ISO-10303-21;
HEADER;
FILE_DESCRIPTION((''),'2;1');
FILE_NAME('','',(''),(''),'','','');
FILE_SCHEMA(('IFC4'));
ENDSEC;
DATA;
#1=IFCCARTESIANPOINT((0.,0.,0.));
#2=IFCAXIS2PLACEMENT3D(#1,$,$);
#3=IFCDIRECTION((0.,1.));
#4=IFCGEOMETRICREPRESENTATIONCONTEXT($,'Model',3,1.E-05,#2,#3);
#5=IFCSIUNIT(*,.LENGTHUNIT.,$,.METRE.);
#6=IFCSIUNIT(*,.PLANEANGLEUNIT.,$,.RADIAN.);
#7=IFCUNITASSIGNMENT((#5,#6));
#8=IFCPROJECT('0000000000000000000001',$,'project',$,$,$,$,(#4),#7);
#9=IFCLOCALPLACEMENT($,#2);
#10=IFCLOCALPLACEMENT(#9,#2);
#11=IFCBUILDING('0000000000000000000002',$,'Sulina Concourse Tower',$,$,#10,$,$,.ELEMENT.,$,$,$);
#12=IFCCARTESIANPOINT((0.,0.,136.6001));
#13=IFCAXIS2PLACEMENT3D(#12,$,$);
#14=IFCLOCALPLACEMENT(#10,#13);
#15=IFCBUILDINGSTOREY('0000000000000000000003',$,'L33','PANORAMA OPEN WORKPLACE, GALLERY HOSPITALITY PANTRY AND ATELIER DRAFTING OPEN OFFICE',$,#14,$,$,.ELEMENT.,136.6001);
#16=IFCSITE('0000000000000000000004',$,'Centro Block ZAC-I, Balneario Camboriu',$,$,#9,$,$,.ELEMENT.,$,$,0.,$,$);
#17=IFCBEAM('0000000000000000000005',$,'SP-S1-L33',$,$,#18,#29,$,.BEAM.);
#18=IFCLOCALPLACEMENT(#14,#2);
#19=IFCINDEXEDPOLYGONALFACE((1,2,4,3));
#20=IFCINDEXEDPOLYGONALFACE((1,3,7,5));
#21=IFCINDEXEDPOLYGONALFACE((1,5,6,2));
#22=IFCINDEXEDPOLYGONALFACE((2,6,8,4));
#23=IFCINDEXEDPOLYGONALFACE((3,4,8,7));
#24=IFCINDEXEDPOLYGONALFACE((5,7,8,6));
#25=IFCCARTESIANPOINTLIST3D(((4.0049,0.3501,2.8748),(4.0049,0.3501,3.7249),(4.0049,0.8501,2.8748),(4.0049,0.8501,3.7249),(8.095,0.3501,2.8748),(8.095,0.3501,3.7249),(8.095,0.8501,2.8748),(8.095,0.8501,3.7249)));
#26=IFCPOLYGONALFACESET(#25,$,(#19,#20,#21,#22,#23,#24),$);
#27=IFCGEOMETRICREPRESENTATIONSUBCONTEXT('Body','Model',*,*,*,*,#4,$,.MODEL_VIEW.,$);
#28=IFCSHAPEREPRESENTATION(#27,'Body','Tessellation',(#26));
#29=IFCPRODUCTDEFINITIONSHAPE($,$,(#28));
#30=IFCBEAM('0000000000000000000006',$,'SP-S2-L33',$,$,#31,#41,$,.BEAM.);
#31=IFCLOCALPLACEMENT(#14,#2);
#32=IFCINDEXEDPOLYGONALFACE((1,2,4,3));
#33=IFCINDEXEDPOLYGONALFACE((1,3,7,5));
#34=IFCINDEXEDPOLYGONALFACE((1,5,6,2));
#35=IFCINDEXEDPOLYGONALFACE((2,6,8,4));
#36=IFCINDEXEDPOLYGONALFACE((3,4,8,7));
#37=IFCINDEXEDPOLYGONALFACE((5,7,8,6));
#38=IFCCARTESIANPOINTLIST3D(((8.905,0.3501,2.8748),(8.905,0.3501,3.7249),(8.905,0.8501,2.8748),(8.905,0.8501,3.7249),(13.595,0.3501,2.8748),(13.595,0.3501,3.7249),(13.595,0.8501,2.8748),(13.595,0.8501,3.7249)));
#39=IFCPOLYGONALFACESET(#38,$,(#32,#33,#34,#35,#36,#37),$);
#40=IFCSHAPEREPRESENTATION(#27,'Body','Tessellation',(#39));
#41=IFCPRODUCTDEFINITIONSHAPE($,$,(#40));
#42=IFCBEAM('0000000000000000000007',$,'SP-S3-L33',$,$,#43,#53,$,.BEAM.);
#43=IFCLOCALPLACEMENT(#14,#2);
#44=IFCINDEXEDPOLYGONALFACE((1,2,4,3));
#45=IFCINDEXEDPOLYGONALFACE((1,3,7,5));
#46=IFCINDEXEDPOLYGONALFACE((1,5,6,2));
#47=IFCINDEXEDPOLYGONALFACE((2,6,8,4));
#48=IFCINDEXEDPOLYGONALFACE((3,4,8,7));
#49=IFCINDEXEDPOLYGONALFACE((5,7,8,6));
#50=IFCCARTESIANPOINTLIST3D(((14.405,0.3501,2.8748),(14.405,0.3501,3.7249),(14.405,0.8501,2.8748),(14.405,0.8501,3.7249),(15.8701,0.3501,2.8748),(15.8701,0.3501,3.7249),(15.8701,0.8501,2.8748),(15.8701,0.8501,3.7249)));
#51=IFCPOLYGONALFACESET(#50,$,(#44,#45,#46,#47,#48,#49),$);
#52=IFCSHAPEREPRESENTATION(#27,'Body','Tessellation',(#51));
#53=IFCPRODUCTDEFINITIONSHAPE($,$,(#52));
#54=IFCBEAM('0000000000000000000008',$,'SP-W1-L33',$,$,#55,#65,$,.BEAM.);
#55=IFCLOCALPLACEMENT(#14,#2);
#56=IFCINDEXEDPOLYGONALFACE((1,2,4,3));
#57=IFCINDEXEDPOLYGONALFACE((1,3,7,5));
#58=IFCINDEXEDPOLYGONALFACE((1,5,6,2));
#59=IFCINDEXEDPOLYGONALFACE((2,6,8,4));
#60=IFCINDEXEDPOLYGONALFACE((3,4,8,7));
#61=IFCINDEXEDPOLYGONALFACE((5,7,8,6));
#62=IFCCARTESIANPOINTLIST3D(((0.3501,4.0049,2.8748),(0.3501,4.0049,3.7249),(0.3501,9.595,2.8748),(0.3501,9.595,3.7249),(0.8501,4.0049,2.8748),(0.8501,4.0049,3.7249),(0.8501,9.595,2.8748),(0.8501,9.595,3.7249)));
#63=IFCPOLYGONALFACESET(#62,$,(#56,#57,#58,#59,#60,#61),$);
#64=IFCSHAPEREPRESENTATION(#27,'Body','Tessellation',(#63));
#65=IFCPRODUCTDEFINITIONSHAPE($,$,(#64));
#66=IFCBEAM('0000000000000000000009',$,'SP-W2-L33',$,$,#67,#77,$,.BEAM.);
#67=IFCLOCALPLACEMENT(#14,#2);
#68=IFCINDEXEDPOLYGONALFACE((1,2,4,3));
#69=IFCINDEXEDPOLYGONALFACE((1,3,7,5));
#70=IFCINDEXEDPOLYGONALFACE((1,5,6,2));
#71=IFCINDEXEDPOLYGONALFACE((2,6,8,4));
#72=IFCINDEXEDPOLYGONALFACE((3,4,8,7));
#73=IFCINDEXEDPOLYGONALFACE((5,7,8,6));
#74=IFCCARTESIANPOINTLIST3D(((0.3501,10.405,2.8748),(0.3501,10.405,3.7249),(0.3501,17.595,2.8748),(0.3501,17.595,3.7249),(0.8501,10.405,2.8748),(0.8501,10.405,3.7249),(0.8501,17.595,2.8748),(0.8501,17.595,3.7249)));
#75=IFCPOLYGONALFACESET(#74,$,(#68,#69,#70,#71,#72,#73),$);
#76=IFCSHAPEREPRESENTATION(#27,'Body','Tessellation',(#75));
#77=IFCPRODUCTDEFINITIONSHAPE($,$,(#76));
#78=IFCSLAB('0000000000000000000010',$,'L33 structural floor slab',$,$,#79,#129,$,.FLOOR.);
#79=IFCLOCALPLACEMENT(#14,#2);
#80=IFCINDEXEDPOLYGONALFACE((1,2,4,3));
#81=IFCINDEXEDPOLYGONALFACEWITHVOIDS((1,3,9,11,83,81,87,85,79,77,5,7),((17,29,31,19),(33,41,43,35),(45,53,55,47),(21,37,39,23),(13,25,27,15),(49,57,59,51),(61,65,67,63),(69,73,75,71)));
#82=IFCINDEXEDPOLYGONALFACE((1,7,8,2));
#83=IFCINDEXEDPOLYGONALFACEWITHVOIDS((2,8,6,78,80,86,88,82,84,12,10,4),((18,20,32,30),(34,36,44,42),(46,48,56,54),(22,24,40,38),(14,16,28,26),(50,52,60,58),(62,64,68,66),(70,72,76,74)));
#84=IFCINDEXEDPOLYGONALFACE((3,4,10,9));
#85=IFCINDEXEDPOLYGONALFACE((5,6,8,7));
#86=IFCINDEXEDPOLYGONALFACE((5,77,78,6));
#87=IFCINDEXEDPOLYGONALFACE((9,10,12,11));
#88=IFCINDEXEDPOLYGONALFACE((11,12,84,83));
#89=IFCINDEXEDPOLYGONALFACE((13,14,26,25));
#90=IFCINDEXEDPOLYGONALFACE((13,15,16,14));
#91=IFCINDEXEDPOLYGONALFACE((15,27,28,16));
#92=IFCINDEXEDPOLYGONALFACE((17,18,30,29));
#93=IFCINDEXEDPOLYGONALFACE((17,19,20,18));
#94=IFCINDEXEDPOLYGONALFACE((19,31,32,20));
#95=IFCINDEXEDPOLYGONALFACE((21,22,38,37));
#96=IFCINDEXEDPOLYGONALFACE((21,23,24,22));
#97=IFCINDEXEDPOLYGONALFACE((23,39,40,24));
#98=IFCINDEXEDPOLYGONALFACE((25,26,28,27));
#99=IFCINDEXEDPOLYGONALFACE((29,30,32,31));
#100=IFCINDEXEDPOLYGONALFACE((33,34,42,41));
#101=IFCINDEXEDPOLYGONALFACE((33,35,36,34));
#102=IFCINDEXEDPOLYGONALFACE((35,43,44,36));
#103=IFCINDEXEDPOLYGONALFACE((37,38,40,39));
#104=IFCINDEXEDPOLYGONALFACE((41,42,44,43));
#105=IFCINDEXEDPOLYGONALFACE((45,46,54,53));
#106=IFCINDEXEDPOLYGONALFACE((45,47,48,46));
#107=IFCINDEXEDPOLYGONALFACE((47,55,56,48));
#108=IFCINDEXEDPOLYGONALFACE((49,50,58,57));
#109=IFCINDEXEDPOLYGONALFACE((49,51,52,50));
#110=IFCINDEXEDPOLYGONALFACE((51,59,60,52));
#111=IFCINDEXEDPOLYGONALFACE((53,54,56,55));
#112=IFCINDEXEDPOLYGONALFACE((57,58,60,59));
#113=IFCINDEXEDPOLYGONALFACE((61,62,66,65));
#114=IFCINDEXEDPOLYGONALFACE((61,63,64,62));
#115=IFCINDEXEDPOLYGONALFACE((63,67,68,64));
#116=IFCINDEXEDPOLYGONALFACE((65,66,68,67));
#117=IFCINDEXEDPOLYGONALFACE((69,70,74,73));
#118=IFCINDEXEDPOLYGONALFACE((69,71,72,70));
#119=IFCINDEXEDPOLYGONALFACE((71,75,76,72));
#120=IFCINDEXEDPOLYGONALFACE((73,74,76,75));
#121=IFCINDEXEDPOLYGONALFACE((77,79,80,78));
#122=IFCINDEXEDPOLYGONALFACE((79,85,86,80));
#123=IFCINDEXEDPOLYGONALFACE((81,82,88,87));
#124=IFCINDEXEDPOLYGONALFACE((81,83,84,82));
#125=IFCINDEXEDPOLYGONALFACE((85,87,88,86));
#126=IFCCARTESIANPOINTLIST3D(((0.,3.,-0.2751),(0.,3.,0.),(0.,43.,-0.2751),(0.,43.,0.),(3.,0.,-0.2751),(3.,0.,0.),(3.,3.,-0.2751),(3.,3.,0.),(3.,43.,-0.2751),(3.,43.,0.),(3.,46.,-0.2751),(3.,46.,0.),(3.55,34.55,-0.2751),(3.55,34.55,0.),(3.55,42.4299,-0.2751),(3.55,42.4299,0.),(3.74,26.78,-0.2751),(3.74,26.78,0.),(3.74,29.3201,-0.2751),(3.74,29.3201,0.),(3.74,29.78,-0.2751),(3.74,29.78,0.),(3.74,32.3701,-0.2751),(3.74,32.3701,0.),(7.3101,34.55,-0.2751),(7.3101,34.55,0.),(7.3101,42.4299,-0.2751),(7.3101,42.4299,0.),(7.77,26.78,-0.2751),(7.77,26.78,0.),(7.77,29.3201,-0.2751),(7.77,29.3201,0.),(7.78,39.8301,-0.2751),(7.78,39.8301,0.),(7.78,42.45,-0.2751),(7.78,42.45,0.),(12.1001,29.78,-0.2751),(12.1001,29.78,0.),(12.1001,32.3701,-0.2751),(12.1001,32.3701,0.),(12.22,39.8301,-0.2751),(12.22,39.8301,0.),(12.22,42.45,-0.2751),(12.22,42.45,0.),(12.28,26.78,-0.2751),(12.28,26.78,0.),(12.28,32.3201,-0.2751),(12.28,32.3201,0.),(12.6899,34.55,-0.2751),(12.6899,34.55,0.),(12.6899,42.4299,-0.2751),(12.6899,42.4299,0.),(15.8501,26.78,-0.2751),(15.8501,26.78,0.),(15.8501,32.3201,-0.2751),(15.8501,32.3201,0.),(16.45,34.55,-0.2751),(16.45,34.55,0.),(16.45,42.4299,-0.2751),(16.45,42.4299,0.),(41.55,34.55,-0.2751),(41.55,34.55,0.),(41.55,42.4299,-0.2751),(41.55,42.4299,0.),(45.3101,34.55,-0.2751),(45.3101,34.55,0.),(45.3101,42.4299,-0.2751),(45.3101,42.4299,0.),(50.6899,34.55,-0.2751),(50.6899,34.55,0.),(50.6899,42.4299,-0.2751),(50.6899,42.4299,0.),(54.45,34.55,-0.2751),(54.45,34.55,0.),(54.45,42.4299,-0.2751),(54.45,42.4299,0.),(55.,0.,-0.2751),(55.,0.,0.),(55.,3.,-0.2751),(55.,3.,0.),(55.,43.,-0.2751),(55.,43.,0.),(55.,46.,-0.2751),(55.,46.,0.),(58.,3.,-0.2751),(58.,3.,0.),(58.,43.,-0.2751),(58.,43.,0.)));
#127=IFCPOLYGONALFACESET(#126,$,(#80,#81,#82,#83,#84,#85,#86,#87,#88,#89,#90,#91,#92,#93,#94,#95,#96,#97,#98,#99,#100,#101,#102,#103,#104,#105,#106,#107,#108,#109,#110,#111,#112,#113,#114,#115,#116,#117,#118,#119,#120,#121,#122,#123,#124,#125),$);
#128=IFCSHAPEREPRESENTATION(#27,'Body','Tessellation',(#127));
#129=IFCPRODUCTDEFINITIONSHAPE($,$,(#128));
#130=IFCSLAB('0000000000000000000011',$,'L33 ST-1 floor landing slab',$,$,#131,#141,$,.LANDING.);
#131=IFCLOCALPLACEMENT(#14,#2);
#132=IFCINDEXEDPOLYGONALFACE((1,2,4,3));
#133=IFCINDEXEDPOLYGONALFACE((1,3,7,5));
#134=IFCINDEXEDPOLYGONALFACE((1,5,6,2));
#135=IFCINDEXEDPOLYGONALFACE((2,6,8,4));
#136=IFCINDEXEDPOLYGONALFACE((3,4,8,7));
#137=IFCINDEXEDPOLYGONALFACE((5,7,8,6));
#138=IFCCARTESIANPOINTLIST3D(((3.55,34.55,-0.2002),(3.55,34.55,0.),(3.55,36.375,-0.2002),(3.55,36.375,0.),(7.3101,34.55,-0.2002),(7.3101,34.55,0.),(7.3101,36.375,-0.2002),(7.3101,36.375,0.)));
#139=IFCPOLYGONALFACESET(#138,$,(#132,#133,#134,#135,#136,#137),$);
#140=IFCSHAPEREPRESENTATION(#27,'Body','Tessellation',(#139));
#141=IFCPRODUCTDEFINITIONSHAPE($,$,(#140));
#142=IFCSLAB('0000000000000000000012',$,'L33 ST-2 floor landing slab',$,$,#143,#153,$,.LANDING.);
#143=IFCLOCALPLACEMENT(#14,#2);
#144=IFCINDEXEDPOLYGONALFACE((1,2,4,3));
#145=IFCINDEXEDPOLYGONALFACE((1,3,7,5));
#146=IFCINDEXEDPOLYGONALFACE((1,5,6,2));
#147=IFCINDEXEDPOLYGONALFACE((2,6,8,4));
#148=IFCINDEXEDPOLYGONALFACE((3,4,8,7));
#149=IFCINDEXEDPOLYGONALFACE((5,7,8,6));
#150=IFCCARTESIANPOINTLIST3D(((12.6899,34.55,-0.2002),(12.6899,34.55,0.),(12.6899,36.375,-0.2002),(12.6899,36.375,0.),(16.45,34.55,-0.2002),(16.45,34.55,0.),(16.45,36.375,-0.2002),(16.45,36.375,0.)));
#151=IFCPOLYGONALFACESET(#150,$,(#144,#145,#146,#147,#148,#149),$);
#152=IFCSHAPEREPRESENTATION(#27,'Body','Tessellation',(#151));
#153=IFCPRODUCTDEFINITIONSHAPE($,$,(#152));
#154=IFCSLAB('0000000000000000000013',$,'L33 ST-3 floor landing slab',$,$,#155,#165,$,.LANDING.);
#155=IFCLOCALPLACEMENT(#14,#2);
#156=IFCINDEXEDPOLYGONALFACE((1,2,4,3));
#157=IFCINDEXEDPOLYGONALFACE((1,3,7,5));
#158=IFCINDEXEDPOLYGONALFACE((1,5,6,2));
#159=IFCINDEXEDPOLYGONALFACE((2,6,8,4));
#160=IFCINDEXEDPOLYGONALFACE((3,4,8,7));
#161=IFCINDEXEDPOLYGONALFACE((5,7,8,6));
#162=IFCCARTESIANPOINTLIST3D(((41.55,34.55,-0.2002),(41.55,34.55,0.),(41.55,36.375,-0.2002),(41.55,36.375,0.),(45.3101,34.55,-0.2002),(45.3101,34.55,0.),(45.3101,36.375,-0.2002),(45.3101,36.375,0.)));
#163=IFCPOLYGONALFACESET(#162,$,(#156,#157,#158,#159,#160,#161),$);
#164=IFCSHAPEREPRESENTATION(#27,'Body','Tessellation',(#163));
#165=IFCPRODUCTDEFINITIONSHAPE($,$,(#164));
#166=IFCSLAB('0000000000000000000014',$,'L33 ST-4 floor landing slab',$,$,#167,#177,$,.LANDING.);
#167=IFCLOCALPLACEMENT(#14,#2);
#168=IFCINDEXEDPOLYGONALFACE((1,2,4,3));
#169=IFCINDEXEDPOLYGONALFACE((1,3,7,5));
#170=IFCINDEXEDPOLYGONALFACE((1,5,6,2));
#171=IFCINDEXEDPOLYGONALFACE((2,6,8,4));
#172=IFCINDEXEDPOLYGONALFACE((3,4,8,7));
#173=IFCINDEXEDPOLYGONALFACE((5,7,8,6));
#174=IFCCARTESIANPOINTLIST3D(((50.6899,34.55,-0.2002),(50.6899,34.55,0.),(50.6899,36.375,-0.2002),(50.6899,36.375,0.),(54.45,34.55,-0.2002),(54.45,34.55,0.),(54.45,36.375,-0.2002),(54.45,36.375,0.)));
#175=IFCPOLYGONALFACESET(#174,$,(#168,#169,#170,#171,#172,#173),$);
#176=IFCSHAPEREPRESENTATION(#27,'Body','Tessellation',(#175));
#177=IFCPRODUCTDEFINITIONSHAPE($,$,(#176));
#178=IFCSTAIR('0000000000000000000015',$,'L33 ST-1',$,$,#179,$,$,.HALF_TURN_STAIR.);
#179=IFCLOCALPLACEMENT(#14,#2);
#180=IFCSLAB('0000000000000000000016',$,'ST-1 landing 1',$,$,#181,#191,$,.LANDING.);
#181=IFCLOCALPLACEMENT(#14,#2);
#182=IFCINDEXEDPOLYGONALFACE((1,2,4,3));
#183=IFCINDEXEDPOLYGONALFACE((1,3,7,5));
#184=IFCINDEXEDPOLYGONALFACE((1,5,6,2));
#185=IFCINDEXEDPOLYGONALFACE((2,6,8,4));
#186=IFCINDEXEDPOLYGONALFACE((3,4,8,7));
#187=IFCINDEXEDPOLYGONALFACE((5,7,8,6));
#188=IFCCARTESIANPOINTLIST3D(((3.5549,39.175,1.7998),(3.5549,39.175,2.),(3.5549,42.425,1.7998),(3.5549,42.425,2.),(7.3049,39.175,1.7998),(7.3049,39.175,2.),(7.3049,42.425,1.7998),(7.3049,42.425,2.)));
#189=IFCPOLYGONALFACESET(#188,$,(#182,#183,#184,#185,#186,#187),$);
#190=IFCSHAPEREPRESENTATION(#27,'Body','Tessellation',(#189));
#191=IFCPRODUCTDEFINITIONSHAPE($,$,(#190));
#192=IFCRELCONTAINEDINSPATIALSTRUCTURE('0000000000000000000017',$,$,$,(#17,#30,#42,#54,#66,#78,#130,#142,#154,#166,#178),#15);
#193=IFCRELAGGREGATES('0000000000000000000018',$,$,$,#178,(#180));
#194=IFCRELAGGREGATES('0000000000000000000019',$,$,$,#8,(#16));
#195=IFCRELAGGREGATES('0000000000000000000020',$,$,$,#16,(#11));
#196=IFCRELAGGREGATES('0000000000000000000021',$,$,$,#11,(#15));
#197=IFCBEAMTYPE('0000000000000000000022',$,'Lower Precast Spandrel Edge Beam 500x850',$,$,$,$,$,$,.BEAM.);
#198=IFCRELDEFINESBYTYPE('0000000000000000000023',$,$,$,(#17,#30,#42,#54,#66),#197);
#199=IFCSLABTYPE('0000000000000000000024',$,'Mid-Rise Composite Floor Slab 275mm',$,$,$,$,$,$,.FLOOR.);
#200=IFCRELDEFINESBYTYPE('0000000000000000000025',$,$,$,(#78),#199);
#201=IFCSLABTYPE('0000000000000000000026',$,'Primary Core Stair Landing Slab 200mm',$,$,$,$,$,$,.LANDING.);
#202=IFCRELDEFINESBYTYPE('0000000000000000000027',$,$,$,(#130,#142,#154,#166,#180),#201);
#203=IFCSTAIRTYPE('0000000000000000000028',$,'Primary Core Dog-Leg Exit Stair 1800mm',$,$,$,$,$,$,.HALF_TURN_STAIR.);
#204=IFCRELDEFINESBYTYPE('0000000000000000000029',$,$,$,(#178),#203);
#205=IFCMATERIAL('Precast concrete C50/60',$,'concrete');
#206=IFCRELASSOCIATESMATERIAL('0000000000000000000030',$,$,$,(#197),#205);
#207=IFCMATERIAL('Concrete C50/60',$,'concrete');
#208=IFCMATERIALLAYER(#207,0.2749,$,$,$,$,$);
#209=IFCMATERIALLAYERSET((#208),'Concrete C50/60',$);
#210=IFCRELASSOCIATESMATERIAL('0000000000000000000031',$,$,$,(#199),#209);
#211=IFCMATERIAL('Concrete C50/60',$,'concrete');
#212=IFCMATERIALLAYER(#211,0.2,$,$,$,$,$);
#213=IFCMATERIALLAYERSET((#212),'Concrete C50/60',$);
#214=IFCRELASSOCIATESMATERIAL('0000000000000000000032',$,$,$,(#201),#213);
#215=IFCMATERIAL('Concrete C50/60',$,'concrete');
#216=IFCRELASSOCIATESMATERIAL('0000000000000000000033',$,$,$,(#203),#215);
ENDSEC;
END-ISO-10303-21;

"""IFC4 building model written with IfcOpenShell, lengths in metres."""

from ifc_helpers import new_model, si_unit, direction, frame, origin, origin_2d, place, context, subcontext, project, spatial, polyline, rectangle, outline, extrude, material, layer, layer_set, material_profile, profile_set, type_object, element, aggregate, save


model = new_model("IFC4")

# Units and contexts
model_context = context("Model", 3, precision=1e-05, world=origin(), true_north=direction((0.0, 1.0)))
body_context = subcontext(model_context, "Body", "Model", "MODEL_VIEW")
ifc_project = project(units=[si_unit("LENGTHUNIT", "METRE"), si_unit("PLANEANGLEUNIT", "RADIAN")], contexts=[model_context])

# Site, building, storey
site_placement = place(None, origin())
site = spatial("IfcSite", under=ifc_project, at=site_placement, Name="Centro Block ZAC-I, Balneario Camboriu", CompositionType="ELEMENT", RefElevation=0.0)
building_placement = place(site_placement, origin())
building = spatial("IfcBuilding", under=site, at=building_placement, Name="Sulina Concourse Tower", CompositionType="ELEMENT")
storey_placement = place(building_placement, frame((0.0, 0.0, 136.6001)))
storey = spatial("IfcBuildingStorey", under=building, at=storey_placement, Name="L33", Description="PANORAMA OPEN WORKPLACE, GALLERY HOSPITALITY PANTRY AND ATELIER DRAFTING OPEN OFFICE", CompositionType="ELEMENT", Elevation=136.6001)

# Beams
ifc_material_1 = material(Name="Precast concrete C50/60", Category="concrete")
ifc_material_profile_1 = material_profile(ifc_material_1, rectangle(XDim=0.5, YDim=0.8501, at=origin_2d()), Name="RC 500x850")
ifc_profile_set_1 = profile_set([ifc_material_profile_1], Name="Precast concrete C50/60")
beam_type_1 = type_object("IfcBeamType", Name="Lower Precast Spandrel Edge Beam 500x850", PredefinedType="BEAM", material=ifc_profile_set_1)
beam_1_placement = place(storey_placement, frame((4.0049, 0.6001, 3.2998), z_axis=(1.0, 0.0, 0.0), x_axis=(0.0, 1.0, 0.0)))
element("IfcBeam", 1, at=beam_1_placement, inside=storey, type_object=beam_type_1, Name="SP-S1-L33", PredefinedType="BEAM", context=body_context, shape_type="SweptSolid", body=[
    extrude(rectangle(XDim=0.5, YDim=0.8501, at=origin_2d()), origin(), (0.0, 0.0, 1.0), 4.0901),
])
beam_2_placement = place(storey_placement, frame((8.905, 0.6001, 3.2998), z_axis=(1.0, 0.0, 0.0), x_axis=(0.0, 1.0, 0.0)))
element("IfcBeam", 2, at=beam_2_placement, inside=storey, type_object=beam_type_1, Name="SP-S2-L33", PredefinedType="BEAM", context=body_context, shape_type="SweptSolid", body=[
    extrude(rectangle(XDim=0.5, YDim=0.8501, at=origin_2d()), origin(), (0.0, 0.0, 1.0), 4.6899),
])
beam_3_placement = place(storey_placement, frame((14.405, 0.6001, 3.2998), z_axis=(1.0, 0.0, 0.0), x_axis=(0.0, 1.0, 0.0)))
element("IfcBeam", 3, at=beam_3_placement, inside=storey, type_object=beam_type_1, Name="SP-S3-L33", PredefinedType="BEAM", context=body_context, shape_type="SweptSolid", body=[
    extrude(rectangle(XDim=0.5, YDim=0.8501, at=origin_2d()), origin(), (0.0, 0.0, 1.0), 1.4651),
])
beam_4_placement = place(storey_placement, frame((0.6001, 4.0049, 3.2998), z_axis=(0.0, 1.0, 0.0), x_axis=(-1.0, 0.0, 0.0)))
element("IfcBeam", 4, at=beam_4_placement, inside=storey, type_object=beam_type_1, Name="SP-W1-L33", PredefinedType="BEAM", context=body_context, shape_type="SweptSolid", body=[
    extrude(rectangle(XDim=0.5, YDim=0.8501, at=origin_2d()), origin(), (0.0, 0.0, 1.0), 5.5901),
])
beam_5_placement = place(storey_placement, frame((0.6001, 10.405, 3.2998), z_axis=(0.0, 1.0, 0.0), x_axis=(-1.0, 0.0, 0.0)))
element("IfcBeam", 5, at=beam_5_placement, inside=storey, type_object=beam_type_1, Name="SP-W2-L33", PredefinedType="BEAM", context=body_context, shape_type="SweptSolid", body=[
    extrude(rectangle(XDim=0.5, YDim=0.8501, at=origin_2d()), origin(), (0.0, 0.0, 1.0), 7.1899),
])

# Slabs
ifc_material_2 = material(Name="Concrete C50/60", Category="concrete")
ifc_layer_1 = layer(ifc_material_2, 0.2749)
ifc_layer_set_1 = layer_set([ifc_layer_1], Name="Concrete C50/60")
slab_type_1 = type_object("IfcSlabType", Name="Mid-Rise Composite Floor Slab 275mm", PredefinedType="FLOOR", material=ifc_layer_set_1)
slab_1_placement = place(storey_placement, frame((0.0, 0.0, -0.2751)))
element("IfcSlab", 6, at=slab_1_placement, inside=storey, type_object=slab_type_1, Name="L33 structural floor slab", PredefinedType="FLOOR", context=body_context, shape_type="SweptSolid", body=[
    extrude(outline(polyline([(3.0, 0.0), (55.0, 0.0), (55.0, 3.0), (58.0, 3.0), (58.0, 43.0), (55.0, 43.0), (55.0, 46.0), (3.0, 46.0), (3.0, 43.0), (0.0, 43.0), (0.0, 3.0), (3.0, 3.0), (3.0, 0.0)]), holes=[polyline([(7.3101, 34.55), (7.3101, 42.4299), (3.55, 42.4299), (3.55, 34.55), (7.3101, 34.55)]), polyline([(16.45, 34.55), (16.45, 42.4299), (12.6899, 42.4299), (12.6899, 34.55), (16.45, 34.55)]), polyline([(45.3101, 34.55), (45.3101, 42.4299), (41.55, 42.4299), (41.55, 34.55), (45.3101, 34.55)]), polyline([(54.45, 34.55), (54.45, 42.4299), (50.6899, 42.4299), (50.6899, 34.55), (54.45, 34.55)]), polyline([(7.78, 39.8301), (12.22, 39.8301), (12.22, 42.45), (7.78, 42.45), (7.78, 39.8301)]), polyline([(3.74, 26.78), (7.77, 26.78), (7.77, 29.3201), (3.74, 29.3201), (3.74, 26.78)]), polyline([(3.74, 29.78), (12.1001, 29.78), (12.1001, 32.3701), (3.74, 32.3701), (3.74, 29.78)]), polyline([(12.28, 26.78), (15.8501, 26.78), (15.8501, 32.3201), (12.28, 32.3201), (12.28, 26.78)])]), origin(), (0.0, 0.0, 1.0), 0.2751),
])
ifc_material_3 = material(Name="Concrete C50/60", Category="concrete")
ifc_layer_2 = layer(ifc_material_3, 0.2)
ifc_layer_set_2 = layer_set([ifc_layer_2], Name="Concrete C50/60")
slab_type_2 = type_object("IfcSlabType", Name="Primary Core Stair Landing Slab 200mm", PredefinedType="LANDING", material=ifc_layer_set_2)
slab_2_placement = place(storey_placement, frame((0.0, 0.0, -0.2002)))
element("IfcSlab", 7, at=slab_2_placement, inside=storey, type_object=slab_type_2, Name="L33 ST-1 floor landing slab", PredefinedType="LANDING", context=body_context, shape_type="SweptSolid", body=[
    extrude(outline(polyline([(7.3101, 34.55), (7.3101, 36.375), (3.55, 36.375), (3.55, 34.55), (7.3101, 34.55)])), origin(), (0.0, 0.0, 1.0), 0.2002),
])
slab_3_placement = place(storey_placement, frame((0.0, 0.0, -0.2002)))
element("IfcSlab", 8, at=slab_3_placement, inside=storey, type_object=slab_type_2, Name="L33 ST-2 floor landing slab", PredefinedType="LANDING", context=body_context, shape_type="SweptSolid", body=[
    extrude(outline(polyline([(16.45, 34.55), (16.45, 36.375), (12.6899, 36.375), (12.6899, 34.55), (16.45, 34.55)])), origin(), (0.0, 0.0, 1.0), 0.2002),
])
slab_4_placement = place(storey_placement, frame((0.0, 0.0, -0.2002)))
element("IfcSlab", 9, at=slab_4_placement, inside=storey, type_object=slab_type_2, Name="L33 ST-3 floor landing slab", PredefinedType="LANDING", context=body_context, shape_type="SweptSolid", body=[
    extrude(outline(polyline([(45.3101, 34.55), (45.3101, 36.375), (41.55, 36.375), (41.55, 34.55), (45.3101, 34.55)])), origin(), (0.0, 0.0, 1.0), 0.2002),
])
slab_5_placement = place(storey_placement, frame((0.0, 0.0, -0.2002)))
element("IfcSlab", 10, at=slab_5_placement, inside=storey, type_object=slab_type_2, Name="L33 ST-4 floor landing slab", PredefinedType="LANDING", context=body_context, shape_type="SweptSolid", body=[
    extrude(outline(polyline([(54.45, 34.55), (54.45, 36.375), (50.6899, 36.375), (50.6899, 34.55), (54.45, 34.55)])), origin(), (0.0, 0.0, 1.0), 0.2002),
])

# Stair, slab
ifc_material_4 = material(Name="Concrete C50/60", Category="concrete")
stair_type_1 = type_object("IfcStairType", Name="Primary Core Dog-Leg Exit Stair 1800mm", PredefinedType="HALF_TURN_STAIR", material=ifc_material_4)
stair_1_placement = place(storey_placement, origin())
stair_1 = element("IfcStair", 11, at=stair_1_placement, inside=storey, type_object=stair_type_1, Name="L33 ST-1", PredefinedType="HALF_TURN_STAIR")
slab_6_placement = place(storey_placement, frame((0.0, 0.0, 1.7998)))
slab_6 = element("IfcSlab", 12, at=slab_6_placement, type_object=slab_type_2, Name="ST-1 landing 1", PredefinedType="LANDING", context=body_context, shape_type="SweptSolid", body=[
    extrude(outline(polyline([(7.3049, 39.175), (7.3049, 42.425), (3.5549, 42.425), (3.5549, 39.175), (7.3049, 39.175)])), origin(), (0.0, 0.0, 1.0), 0.2002),
])
aggregate(stair_1, [slab_6])

save(model, "model.ifc")
